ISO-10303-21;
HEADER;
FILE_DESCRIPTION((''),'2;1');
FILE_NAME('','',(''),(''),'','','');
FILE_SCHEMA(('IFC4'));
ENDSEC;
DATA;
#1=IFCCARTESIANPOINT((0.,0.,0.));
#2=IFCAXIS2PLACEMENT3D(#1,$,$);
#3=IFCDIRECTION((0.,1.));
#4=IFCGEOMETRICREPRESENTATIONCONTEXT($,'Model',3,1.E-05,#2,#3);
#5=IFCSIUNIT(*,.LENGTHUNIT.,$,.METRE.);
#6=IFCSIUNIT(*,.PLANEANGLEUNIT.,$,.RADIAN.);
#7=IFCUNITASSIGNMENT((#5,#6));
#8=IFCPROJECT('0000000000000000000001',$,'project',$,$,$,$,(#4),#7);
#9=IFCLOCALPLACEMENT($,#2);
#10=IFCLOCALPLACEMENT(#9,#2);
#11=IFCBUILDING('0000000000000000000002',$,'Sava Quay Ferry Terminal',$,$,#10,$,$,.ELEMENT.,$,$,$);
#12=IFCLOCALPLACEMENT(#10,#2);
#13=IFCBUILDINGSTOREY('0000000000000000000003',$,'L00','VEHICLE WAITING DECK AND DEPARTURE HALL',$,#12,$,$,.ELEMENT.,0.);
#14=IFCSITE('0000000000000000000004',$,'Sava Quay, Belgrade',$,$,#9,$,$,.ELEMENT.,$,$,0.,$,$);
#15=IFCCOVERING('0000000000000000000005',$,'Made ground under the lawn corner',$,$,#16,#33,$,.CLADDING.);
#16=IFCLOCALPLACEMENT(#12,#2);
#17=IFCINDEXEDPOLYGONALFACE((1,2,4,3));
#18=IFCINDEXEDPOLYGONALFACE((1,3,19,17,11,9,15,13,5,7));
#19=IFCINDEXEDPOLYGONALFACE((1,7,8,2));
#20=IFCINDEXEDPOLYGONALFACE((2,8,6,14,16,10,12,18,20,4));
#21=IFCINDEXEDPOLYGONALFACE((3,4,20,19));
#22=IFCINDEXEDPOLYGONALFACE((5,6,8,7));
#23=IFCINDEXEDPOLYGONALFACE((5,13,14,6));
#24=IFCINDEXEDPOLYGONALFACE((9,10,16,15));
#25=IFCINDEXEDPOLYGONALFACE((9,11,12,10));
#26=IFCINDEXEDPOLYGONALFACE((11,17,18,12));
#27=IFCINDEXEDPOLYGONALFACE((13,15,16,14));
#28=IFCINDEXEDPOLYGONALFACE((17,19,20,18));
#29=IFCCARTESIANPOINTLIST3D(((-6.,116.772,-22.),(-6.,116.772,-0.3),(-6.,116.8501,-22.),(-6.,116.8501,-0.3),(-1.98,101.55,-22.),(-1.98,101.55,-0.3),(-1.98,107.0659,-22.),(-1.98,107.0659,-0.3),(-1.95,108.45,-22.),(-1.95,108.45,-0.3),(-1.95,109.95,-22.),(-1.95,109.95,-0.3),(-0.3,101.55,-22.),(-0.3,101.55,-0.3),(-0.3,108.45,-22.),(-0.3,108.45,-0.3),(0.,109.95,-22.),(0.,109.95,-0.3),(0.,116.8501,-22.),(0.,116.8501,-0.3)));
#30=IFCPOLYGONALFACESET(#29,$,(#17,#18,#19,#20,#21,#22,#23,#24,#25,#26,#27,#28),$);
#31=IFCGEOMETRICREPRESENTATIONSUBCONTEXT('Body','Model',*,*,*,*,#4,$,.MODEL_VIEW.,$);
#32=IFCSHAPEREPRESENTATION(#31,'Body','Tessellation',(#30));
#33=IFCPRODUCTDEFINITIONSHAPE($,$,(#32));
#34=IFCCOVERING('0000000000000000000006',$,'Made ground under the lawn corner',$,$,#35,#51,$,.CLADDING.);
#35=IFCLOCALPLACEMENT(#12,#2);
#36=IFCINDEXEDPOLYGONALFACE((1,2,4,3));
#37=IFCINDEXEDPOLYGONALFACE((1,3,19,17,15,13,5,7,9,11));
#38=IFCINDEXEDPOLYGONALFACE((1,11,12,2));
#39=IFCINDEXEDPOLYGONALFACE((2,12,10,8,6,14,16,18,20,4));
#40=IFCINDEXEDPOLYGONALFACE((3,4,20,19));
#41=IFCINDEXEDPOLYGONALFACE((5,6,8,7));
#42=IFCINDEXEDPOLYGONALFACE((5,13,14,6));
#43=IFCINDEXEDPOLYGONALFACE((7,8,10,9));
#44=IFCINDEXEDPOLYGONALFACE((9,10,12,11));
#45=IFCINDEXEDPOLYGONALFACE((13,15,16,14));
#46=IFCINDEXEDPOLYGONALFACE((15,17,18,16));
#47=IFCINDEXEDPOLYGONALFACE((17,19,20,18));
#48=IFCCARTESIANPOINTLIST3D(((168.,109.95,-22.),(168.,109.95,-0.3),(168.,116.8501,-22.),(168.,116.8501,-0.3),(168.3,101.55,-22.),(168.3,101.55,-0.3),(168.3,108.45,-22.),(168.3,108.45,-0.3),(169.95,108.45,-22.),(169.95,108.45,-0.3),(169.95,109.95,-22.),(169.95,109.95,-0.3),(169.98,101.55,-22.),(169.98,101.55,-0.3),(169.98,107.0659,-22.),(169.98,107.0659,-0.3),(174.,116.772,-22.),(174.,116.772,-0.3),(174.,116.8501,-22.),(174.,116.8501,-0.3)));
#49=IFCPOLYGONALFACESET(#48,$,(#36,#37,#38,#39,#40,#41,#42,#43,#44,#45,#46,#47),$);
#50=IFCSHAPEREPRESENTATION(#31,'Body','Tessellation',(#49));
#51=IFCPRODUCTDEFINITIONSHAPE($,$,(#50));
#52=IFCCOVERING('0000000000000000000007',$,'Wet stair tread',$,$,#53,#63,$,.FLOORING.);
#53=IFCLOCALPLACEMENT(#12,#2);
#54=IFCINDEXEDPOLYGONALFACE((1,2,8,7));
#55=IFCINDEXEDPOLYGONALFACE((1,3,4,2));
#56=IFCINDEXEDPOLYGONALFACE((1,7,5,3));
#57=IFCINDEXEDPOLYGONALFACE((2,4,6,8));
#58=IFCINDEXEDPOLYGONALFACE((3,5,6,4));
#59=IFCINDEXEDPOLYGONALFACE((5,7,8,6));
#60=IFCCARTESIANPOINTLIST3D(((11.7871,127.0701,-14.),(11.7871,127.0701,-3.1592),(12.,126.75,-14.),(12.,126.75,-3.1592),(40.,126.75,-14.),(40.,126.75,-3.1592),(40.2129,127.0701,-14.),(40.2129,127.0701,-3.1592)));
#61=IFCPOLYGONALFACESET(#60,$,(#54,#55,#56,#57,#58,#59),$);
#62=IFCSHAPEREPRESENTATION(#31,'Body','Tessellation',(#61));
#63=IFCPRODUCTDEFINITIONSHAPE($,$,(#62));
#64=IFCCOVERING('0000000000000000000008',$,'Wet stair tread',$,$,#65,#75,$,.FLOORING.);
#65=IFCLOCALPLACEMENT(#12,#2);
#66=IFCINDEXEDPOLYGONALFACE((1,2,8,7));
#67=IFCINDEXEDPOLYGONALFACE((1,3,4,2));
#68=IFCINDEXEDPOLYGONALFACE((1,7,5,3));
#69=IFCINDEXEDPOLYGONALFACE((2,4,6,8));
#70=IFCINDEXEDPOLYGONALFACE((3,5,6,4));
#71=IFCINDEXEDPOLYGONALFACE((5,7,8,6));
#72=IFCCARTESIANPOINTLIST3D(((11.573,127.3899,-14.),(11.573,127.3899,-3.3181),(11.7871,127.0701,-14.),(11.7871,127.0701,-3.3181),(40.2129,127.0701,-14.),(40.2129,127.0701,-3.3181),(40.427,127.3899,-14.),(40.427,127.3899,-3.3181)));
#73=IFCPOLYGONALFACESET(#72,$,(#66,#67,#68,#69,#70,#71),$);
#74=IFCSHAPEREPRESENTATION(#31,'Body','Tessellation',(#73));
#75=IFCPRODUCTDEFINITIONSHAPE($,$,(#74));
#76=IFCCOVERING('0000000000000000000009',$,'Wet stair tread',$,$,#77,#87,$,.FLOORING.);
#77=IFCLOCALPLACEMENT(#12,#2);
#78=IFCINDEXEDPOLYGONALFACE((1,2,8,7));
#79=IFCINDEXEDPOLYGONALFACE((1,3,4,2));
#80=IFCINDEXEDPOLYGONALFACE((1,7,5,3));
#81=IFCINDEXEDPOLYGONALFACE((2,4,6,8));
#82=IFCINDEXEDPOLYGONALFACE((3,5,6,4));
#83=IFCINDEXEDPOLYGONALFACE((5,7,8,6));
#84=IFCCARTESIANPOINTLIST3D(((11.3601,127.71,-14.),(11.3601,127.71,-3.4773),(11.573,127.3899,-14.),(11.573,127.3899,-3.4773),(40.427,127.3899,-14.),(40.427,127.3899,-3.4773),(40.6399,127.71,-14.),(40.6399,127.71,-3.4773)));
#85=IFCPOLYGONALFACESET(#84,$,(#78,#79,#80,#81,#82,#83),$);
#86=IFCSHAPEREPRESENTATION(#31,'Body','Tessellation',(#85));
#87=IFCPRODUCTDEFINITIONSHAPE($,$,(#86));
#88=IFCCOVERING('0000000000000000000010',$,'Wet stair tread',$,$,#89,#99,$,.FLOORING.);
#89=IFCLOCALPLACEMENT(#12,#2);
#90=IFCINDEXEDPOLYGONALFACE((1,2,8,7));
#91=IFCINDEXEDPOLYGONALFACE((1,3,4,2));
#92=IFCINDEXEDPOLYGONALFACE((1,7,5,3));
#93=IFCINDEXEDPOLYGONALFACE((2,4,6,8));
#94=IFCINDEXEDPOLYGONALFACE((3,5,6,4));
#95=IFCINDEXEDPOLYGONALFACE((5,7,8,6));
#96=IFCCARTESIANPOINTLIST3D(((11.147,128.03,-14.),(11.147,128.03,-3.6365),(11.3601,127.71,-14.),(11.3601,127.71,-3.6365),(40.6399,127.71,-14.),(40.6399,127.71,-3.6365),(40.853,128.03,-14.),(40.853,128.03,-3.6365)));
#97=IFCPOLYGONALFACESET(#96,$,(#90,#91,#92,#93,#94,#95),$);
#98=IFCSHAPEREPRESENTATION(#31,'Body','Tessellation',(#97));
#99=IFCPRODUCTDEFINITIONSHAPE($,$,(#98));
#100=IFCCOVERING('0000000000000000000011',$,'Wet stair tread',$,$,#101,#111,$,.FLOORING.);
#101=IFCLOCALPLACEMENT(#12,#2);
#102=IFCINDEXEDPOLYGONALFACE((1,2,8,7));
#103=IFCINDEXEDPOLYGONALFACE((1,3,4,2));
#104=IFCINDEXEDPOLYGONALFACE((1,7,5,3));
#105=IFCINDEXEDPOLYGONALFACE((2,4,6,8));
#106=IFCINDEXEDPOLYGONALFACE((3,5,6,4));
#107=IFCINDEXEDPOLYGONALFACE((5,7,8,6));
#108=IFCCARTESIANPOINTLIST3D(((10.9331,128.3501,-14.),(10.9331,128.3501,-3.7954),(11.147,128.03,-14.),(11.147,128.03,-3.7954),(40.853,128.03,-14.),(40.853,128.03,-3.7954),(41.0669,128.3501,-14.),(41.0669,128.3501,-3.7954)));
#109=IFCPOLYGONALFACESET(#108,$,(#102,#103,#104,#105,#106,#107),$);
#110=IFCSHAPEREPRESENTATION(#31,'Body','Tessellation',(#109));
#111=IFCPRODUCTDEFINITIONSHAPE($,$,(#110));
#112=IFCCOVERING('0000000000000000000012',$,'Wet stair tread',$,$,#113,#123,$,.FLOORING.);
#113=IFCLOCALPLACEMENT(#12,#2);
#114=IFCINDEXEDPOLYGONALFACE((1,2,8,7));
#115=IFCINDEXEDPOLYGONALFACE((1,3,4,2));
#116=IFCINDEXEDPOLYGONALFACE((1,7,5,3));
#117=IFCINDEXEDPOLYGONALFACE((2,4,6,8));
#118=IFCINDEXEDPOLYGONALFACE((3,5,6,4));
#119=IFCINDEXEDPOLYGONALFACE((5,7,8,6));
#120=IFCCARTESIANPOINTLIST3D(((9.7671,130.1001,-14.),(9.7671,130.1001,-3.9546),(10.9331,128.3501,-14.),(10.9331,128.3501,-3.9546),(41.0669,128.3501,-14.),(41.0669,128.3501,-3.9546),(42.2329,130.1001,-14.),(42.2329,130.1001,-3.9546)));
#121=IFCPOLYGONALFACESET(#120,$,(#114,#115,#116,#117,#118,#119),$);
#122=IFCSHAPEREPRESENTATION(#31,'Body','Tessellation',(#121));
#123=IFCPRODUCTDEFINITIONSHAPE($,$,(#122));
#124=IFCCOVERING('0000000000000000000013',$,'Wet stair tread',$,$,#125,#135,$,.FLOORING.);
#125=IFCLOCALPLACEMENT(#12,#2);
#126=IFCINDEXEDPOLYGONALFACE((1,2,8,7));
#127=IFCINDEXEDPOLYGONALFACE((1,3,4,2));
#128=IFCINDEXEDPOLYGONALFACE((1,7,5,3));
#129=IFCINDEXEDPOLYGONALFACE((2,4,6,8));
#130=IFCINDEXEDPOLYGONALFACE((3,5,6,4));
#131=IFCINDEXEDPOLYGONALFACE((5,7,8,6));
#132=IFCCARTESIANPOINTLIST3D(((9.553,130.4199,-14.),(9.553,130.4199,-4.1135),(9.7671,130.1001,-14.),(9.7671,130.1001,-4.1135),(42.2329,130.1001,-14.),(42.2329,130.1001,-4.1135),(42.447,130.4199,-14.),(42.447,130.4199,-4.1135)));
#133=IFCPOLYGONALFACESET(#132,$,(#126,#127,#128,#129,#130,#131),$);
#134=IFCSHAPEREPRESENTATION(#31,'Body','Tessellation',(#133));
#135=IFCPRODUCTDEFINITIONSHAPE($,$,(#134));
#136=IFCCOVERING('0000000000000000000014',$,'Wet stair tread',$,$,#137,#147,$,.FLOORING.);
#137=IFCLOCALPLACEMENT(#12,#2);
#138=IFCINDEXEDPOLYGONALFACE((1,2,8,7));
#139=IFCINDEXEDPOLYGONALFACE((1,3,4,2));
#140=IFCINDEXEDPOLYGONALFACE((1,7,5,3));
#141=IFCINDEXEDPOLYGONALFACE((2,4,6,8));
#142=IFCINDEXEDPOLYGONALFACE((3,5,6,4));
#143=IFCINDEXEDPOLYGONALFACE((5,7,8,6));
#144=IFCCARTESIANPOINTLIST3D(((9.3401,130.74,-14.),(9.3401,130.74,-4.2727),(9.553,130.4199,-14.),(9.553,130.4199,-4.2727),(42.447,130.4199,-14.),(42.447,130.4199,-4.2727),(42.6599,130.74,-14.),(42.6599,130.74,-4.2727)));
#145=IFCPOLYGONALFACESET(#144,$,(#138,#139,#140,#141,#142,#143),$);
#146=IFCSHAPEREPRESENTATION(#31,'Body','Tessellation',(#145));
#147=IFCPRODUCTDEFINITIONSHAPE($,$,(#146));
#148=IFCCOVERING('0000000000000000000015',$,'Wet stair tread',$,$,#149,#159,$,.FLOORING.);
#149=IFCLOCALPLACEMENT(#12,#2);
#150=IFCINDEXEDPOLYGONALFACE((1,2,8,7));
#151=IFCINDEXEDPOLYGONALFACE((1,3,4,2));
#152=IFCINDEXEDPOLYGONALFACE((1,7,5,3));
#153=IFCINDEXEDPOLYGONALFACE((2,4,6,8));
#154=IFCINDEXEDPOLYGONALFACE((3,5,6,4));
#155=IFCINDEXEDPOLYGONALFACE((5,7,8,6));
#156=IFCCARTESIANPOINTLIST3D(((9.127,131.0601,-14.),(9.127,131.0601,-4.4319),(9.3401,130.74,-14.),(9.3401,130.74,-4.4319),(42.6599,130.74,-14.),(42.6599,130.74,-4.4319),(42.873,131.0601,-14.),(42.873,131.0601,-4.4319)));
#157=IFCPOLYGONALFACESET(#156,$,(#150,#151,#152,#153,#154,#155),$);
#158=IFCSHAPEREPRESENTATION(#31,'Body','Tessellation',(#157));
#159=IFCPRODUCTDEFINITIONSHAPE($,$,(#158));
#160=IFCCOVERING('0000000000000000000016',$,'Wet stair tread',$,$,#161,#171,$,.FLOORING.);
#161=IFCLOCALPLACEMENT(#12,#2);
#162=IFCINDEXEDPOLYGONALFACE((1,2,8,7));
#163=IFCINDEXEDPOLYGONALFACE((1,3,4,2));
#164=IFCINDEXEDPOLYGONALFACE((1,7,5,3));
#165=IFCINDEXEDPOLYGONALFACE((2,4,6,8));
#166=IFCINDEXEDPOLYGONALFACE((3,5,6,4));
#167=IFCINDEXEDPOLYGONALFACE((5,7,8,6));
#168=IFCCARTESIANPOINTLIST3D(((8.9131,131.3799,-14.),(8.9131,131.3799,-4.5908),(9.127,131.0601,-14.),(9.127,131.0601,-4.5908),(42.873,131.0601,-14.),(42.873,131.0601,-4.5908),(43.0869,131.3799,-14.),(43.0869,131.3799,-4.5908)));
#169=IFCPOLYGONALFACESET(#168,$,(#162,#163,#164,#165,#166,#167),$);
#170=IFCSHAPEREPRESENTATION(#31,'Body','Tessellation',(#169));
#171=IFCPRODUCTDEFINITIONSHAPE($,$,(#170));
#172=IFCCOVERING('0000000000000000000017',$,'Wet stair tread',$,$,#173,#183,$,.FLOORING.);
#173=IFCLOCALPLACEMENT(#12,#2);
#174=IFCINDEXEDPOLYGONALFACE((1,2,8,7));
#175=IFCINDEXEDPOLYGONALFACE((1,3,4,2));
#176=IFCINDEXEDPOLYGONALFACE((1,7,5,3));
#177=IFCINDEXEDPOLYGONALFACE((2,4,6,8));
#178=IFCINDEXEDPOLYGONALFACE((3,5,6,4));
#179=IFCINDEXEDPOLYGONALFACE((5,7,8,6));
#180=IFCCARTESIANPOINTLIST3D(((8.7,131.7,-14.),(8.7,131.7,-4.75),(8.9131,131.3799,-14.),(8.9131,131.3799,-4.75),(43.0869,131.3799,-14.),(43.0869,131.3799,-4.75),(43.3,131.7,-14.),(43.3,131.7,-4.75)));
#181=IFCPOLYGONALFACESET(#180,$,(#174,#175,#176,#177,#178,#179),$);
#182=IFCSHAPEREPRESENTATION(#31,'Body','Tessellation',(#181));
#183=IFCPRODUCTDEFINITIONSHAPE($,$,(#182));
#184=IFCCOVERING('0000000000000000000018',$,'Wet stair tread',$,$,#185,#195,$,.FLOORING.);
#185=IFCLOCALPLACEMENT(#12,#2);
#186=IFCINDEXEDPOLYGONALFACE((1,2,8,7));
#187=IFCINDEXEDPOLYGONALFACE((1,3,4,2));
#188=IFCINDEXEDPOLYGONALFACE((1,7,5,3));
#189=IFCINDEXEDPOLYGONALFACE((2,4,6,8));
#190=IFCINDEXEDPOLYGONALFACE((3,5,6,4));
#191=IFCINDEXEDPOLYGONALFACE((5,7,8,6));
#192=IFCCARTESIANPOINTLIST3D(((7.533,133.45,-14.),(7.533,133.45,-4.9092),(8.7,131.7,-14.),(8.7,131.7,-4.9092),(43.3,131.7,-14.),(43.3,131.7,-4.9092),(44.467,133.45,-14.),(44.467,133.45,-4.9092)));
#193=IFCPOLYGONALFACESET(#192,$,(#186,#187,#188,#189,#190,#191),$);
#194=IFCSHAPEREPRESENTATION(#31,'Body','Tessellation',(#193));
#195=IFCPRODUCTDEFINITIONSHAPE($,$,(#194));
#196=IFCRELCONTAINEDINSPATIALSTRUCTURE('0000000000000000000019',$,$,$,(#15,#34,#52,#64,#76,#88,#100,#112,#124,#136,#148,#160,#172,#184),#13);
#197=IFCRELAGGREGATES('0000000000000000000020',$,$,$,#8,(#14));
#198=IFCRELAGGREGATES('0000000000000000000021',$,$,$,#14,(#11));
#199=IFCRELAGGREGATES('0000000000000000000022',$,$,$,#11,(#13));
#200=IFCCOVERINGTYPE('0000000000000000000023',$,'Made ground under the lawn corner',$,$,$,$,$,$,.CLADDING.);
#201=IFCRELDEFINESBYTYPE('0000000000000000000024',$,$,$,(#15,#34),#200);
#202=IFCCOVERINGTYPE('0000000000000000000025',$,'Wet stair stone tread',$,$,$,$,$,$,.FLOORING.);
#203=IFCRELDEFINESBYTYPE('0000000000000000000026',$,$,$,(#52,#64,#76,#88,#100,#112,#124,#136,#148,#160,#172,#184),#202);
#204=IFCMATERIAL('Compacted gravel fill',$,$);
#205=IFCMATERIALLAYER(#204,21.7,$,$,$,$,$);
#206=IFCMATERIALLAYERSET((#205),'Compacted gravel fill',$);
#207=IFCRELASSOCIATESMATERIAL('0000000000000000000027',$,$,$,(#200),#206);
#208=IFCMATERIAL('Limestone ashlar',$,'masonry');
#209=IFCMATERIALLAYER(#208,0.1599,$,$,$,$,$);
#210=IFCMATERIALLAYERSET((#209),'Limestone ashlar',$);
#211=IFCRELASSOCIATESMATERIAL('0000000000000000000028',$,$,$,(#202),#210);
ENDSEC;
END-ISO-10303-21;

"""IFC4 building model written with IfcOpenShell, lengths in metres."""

from ifc_helpers import new_model, si_unit, direction, frame, origin, place, context, subcontext, project, spatial, polyline, outline, extrude, material, layer, layer_set, type_object, element, save


model = new_model("IFC4")

# Units and contexts
model_context = context("Model", 3, precision=1e-05, world=origin(), true_north=direction((0.0, 1.0)))
body_context = subcontext(model_context, "Body", "Model", "MODEL_VIEW")
ifc_project = project(units=[si_unit("LENGTHUNIT", "METRE"), si_unit("PLANEANGLEUNIT", "RADIAN")], contexts=[model_context])

# Site, building, storey
site_placement = place(None, origin())
site = spatial("IfcSite", under=ifc_project, at=site_placement, Name="Sava Quay, Belgrade", CompositionType="ELEMENT", RefElevation=0.0)
building_placement = place(site_placement, origin())
building = spatial("IfcBuilding", under=site, at=building_placement, Name="Sava Quay Ferry Terminal", CompositionType="ELEMENT")
storey_placement = place(building_placement, origin())
storey = spatial("IfcBuildingStorey", under=building, at=storey_placement, Name="L00", Description="VEHICLE WAITING DECK AND DEPARTURE HALL", CompositionType="ELEMENT", Elevation=0.0)

# Coverings
ifc_material_1 = material(Name="Compacted gravel fill")
ifc_layer_1 = layer(ifc_material_1, 21.7)
ifc_layer_set_1 = layer_set([ifc_layer_1], Name="Compacted gravel fill")
covering_type_1 = type_object("IfcCoveringType", Name="Made ground under the lawn corner", PredefinedType="CLADDING", material=ifc_layer_set_1)
covering_1_placement = place(storey_placement, frame((0.0, 0.0, -22.0)))
element("IfcCovering", 1, at=covering_1_placement, inside=storey, type_object=covering_type_1, Name="Made ground under the lawn corner", PredefinedType="CLADDING", context=body_context, shape_type="SweptSolid", body=[
    extrude(outline(polyline([(-1.98, 101.55), (-0.3, 101.55), (-0.3, 108.45), (-1.95, 108.45), (-1.95, 109.95), (0.0, 109.95), (0.0, 116.8501), (-6.0, 116.8501), (-6.0, 116.772), (-1.98, 107.0659), (-1.98, 101.55)])), origin(), (0.0, 0.0, 1.0), 21.7),
])
covering_2_placement = place(storey_placement, frame((0.0, 0.0, -22.0)))
element("IfcCovering", 2, at=covering_2_placement, inside=storey, type_object=covering_type_1, Name="Made ground under the lawn corner", PredefinedType="CLADDING", context=body_context, shape_type="SweptSolid", body=[
    extrude(outline(polyline([(169.98, 101.55), (169.98, 107.0659), (174.0, 116.772), (174.0, 116.8501), (168.0, 116.8501), (168.0, 109.95), (169.95, 109.95), (169.95, 108.45), (168.3, 108.45), (168.3, 101.55), (169.98, 101.55)])), origin(), (0.0, 0.0, 1.0), 21.7),
])
ifc_material_2 = material(Name="Limestone ashlar", Category="masonry")
ifc_layer_2 = layer(ifc_material_2, 0.1599)
ifc_layer_set_2 = layer_set([ifc_layer_2], Name="Limestone ashlar")
covering_type_2 = type_object("IfcCoveringType", Name="Wet stair stone tread", PredefinedType="FLOORING", material=ifc_layer_set_2)
covering_3_placement = place(storey_placement, frame((0.0, 0.0, -14.0)))
element("IfcCovering", 3, at=covering_3_placement, inside=storey, type_object=covering_type_2, Name="Wet stair tread", PredefinedType="FLOORING", context=body_context, shape_type="SweptSolid", body=[
    extrude(outline(polyline([(12.0, 126.75), (40.0, 126.75), (40.2129, 127.0701), (11.7871, 127.0701), (12.0, 126.75)])), origin(), (0.0, 0.0, 1.0), 10.8408),
])
covering_4_placement = place(storey_placement, frame((0.0, 0.0, -14.0)))
element("IfcCovering", 4, at=covering_4_placement, inside=storey, type_object=covering_type_2, Name="Wet stair tread", PredefinedType="FLOORING", context=body_context, shape_type="SweptSolid", body=[
    extrude(outline(polyline([(11.7871, 127.0701), (40.2129, 127.0701), (40.427, 127.3899), (11.573, 127.3899), (11.7871, 127.0701)])), origin(), (0.0, 0.0, 1.0), 10.6819),
])
covering_5_placement = place(storey_placement, frame((0.0, 0.0, -14.0)))
element("IfcCovering", 5, at=covering_5_placement, inside=storey, type_object=covering_type_2, Name="Wet stair tread", PredefinedType="FLOORING", context=body_context, shape_type="SweptSolid", body=[
    extrude(outline(polyline([(11.573, 127.3899), (40.427, 127.3899), (40.6399, 127.71), (11.3601, 127.71), (11.573, 127.3899)])), origin(), (0.0, 0.0, 1.0), 10.5227),
])
covering_6_placement = place(storey_placement, frame((0.0, 0.0, -14.0)))
element("IfcCovering", 6, at=covering_6_placement, inside=storey, type_object=covering_type_2, Name="Wet stair tread", PredefinedType="FLOORING", context=body_context, shape_type="SweptSolid", body=[
    extrude(outline(polyline([(11.3601, 127.71), (40.6399, 127.71), (40.853, 128.03), (11.147, 128.03), (11.3601, 127.71)])), origin(), (0.0, 0.0, 1.0), 10.3635),
])
covering_7_placement = place(storey_placement, frame((0.0, 0.0, -14.0)))
element("IfcCovering", 7, at=covering_7_placement, inside=storey, type_object=covering_type_2, Name="Wet stair tread", PredefinedType="FLOORING", context=body_context, shape_type="SweptSolid", body=[
    extrude(outline(polyline([(11.147, 128.03), (40.853, 128.03), (41.0669, 128.3501), (10.9331, 128.3501), (11.147, 128.03)])), origin(), (0.0, 0.0, 1.0), 10.2046),
])
covering_8_placement = place(storey_placement, frame((0.0, 0.0, -14.0)))
element("IfcCovering", 8, at=covering_8_placement, inside=storey, type_object=covering_type_2, Name="Wet stair tread", PredefinedType="FLOORING", context=body_context, shape_type="SweptSolid", body=[
    extrude(outline(polyline([(10.9331, 128.3501), (41.0669, 128.3501), (42.2329, 130.1001), (9.7671, 130.1001), (10.9331, 128.3501)])), origin(), (0.0, 0.0, 1.0), 10.0454),
])
covering_9_placement = place(storey_placement, frame((0.0, 0.0, -14.0)))
element("IfcCovering", 9, at=covering_9_placement, inside=storey, type_object=covering_type_2, Name="Wet stair tread", PredefinedType="FLOORING", context=body_context, shape_type="SweptSolid", body=[
    extrude(outline(polyline([(9.7671, 130.1001), (42.2329, 130.1001), (42.447, 130.4199), (9.553, 130.4199), (9.7671, 130.1001)])), origin(), (0.0, 0.0, 1.0), 9.8865),
])
covering_10_placement = place(storey_placement, frame((0.0, 0.0, -14.0)))
element("IfcCovering", 10, at=covering_10_placement, inside=storey, type_object=covering_type_2, Name="Wet stair tread", PredefinedType="FLOORING", context=body_context, shape_type="SweptSolid", body=[
    extrude(outline(polyline([(9.553, 130.4199), (42.447, 130.4199), (42.6599, 130.74), (9.3401, 130.74), (9.553, 130.4199)])), origin(), (0.0, 0.0, 1.0), 9.7273),
])
covering_11_placement = place(storey_placement, frame((0.0, 0.0, -14.0)))
element("IfcCovering", 11, at=covering_11_placement, inside=storey, type_object=covering_type_2, Name="Wet stair tread", PredefinedType="FLOORING", context=body_context, shape_type="SweptSolid", body=[
    extrude(outline(polyline([(9.3401, 130.74), (42.6599, 130.74), (42.873, 131.0601), (9.127, 131.0601), (9.3401, 130.74)])), origin(), (0.0, 0.0, 1.0), 9.5681),
])
covering_12_placement = place(storey_placement, frame((0.0, 0.0, -14.0)))
element("IfcCovering", 12, at=covering_12_placement, inside=storey, type_object=covering_type_2, Name="Wet stair tread", PredefinedType="FLOORING", context=body_context, shape_type="SweptSolid", body=[
    extrude(outline(polyline([(9.127, 131.0601), (42.873, 131.0601), (43.0869, 131.3799), (8.9131, 131.3799), (9.127, 131.0601)])), origin(), (0.0, 0.0, 1.0), 9.4092),
])
covering_13_placement = place(storey_placement, frame((0.0, 0.0, -14.0)))
element("IfcCovering", 13, at=covering_13_placement, inside=storey, type_object=covering_type_2, Name="Wet stair tread", PredefinedType="FLOORING", context=body_context, shape_type="SweptSolid", body=[
    extrude(outline(polyline([(8.9131, 131.3799), (43.0869, 131.3799), (43.3, 131.7), (8.7, 131.7), (8.9131, 131.3799)])), origin(), (0.0, 0.0, 1.0), 9.25),
])
covering_14_placement = place(storey_placement, frame((0.0, 0.0, -14.0)))
element("IfcCovering", 14, at=covering_14_placement, inside=storey, type_object=covering_type_2, Name="Wet stair tread", PredefinedType="FLOORING", context=body_context, shape_type="SweptSolid", body=[
    extrude(outline(polyline([(8.7, 131.7), (43.3, 131.7), (44.467, 133.45), (7.533, 133.45), (8.7, 131.7)])), origin(), (0.0, 0.0, 1.0), 9.0908),
])

save(model, "model.ifc")
